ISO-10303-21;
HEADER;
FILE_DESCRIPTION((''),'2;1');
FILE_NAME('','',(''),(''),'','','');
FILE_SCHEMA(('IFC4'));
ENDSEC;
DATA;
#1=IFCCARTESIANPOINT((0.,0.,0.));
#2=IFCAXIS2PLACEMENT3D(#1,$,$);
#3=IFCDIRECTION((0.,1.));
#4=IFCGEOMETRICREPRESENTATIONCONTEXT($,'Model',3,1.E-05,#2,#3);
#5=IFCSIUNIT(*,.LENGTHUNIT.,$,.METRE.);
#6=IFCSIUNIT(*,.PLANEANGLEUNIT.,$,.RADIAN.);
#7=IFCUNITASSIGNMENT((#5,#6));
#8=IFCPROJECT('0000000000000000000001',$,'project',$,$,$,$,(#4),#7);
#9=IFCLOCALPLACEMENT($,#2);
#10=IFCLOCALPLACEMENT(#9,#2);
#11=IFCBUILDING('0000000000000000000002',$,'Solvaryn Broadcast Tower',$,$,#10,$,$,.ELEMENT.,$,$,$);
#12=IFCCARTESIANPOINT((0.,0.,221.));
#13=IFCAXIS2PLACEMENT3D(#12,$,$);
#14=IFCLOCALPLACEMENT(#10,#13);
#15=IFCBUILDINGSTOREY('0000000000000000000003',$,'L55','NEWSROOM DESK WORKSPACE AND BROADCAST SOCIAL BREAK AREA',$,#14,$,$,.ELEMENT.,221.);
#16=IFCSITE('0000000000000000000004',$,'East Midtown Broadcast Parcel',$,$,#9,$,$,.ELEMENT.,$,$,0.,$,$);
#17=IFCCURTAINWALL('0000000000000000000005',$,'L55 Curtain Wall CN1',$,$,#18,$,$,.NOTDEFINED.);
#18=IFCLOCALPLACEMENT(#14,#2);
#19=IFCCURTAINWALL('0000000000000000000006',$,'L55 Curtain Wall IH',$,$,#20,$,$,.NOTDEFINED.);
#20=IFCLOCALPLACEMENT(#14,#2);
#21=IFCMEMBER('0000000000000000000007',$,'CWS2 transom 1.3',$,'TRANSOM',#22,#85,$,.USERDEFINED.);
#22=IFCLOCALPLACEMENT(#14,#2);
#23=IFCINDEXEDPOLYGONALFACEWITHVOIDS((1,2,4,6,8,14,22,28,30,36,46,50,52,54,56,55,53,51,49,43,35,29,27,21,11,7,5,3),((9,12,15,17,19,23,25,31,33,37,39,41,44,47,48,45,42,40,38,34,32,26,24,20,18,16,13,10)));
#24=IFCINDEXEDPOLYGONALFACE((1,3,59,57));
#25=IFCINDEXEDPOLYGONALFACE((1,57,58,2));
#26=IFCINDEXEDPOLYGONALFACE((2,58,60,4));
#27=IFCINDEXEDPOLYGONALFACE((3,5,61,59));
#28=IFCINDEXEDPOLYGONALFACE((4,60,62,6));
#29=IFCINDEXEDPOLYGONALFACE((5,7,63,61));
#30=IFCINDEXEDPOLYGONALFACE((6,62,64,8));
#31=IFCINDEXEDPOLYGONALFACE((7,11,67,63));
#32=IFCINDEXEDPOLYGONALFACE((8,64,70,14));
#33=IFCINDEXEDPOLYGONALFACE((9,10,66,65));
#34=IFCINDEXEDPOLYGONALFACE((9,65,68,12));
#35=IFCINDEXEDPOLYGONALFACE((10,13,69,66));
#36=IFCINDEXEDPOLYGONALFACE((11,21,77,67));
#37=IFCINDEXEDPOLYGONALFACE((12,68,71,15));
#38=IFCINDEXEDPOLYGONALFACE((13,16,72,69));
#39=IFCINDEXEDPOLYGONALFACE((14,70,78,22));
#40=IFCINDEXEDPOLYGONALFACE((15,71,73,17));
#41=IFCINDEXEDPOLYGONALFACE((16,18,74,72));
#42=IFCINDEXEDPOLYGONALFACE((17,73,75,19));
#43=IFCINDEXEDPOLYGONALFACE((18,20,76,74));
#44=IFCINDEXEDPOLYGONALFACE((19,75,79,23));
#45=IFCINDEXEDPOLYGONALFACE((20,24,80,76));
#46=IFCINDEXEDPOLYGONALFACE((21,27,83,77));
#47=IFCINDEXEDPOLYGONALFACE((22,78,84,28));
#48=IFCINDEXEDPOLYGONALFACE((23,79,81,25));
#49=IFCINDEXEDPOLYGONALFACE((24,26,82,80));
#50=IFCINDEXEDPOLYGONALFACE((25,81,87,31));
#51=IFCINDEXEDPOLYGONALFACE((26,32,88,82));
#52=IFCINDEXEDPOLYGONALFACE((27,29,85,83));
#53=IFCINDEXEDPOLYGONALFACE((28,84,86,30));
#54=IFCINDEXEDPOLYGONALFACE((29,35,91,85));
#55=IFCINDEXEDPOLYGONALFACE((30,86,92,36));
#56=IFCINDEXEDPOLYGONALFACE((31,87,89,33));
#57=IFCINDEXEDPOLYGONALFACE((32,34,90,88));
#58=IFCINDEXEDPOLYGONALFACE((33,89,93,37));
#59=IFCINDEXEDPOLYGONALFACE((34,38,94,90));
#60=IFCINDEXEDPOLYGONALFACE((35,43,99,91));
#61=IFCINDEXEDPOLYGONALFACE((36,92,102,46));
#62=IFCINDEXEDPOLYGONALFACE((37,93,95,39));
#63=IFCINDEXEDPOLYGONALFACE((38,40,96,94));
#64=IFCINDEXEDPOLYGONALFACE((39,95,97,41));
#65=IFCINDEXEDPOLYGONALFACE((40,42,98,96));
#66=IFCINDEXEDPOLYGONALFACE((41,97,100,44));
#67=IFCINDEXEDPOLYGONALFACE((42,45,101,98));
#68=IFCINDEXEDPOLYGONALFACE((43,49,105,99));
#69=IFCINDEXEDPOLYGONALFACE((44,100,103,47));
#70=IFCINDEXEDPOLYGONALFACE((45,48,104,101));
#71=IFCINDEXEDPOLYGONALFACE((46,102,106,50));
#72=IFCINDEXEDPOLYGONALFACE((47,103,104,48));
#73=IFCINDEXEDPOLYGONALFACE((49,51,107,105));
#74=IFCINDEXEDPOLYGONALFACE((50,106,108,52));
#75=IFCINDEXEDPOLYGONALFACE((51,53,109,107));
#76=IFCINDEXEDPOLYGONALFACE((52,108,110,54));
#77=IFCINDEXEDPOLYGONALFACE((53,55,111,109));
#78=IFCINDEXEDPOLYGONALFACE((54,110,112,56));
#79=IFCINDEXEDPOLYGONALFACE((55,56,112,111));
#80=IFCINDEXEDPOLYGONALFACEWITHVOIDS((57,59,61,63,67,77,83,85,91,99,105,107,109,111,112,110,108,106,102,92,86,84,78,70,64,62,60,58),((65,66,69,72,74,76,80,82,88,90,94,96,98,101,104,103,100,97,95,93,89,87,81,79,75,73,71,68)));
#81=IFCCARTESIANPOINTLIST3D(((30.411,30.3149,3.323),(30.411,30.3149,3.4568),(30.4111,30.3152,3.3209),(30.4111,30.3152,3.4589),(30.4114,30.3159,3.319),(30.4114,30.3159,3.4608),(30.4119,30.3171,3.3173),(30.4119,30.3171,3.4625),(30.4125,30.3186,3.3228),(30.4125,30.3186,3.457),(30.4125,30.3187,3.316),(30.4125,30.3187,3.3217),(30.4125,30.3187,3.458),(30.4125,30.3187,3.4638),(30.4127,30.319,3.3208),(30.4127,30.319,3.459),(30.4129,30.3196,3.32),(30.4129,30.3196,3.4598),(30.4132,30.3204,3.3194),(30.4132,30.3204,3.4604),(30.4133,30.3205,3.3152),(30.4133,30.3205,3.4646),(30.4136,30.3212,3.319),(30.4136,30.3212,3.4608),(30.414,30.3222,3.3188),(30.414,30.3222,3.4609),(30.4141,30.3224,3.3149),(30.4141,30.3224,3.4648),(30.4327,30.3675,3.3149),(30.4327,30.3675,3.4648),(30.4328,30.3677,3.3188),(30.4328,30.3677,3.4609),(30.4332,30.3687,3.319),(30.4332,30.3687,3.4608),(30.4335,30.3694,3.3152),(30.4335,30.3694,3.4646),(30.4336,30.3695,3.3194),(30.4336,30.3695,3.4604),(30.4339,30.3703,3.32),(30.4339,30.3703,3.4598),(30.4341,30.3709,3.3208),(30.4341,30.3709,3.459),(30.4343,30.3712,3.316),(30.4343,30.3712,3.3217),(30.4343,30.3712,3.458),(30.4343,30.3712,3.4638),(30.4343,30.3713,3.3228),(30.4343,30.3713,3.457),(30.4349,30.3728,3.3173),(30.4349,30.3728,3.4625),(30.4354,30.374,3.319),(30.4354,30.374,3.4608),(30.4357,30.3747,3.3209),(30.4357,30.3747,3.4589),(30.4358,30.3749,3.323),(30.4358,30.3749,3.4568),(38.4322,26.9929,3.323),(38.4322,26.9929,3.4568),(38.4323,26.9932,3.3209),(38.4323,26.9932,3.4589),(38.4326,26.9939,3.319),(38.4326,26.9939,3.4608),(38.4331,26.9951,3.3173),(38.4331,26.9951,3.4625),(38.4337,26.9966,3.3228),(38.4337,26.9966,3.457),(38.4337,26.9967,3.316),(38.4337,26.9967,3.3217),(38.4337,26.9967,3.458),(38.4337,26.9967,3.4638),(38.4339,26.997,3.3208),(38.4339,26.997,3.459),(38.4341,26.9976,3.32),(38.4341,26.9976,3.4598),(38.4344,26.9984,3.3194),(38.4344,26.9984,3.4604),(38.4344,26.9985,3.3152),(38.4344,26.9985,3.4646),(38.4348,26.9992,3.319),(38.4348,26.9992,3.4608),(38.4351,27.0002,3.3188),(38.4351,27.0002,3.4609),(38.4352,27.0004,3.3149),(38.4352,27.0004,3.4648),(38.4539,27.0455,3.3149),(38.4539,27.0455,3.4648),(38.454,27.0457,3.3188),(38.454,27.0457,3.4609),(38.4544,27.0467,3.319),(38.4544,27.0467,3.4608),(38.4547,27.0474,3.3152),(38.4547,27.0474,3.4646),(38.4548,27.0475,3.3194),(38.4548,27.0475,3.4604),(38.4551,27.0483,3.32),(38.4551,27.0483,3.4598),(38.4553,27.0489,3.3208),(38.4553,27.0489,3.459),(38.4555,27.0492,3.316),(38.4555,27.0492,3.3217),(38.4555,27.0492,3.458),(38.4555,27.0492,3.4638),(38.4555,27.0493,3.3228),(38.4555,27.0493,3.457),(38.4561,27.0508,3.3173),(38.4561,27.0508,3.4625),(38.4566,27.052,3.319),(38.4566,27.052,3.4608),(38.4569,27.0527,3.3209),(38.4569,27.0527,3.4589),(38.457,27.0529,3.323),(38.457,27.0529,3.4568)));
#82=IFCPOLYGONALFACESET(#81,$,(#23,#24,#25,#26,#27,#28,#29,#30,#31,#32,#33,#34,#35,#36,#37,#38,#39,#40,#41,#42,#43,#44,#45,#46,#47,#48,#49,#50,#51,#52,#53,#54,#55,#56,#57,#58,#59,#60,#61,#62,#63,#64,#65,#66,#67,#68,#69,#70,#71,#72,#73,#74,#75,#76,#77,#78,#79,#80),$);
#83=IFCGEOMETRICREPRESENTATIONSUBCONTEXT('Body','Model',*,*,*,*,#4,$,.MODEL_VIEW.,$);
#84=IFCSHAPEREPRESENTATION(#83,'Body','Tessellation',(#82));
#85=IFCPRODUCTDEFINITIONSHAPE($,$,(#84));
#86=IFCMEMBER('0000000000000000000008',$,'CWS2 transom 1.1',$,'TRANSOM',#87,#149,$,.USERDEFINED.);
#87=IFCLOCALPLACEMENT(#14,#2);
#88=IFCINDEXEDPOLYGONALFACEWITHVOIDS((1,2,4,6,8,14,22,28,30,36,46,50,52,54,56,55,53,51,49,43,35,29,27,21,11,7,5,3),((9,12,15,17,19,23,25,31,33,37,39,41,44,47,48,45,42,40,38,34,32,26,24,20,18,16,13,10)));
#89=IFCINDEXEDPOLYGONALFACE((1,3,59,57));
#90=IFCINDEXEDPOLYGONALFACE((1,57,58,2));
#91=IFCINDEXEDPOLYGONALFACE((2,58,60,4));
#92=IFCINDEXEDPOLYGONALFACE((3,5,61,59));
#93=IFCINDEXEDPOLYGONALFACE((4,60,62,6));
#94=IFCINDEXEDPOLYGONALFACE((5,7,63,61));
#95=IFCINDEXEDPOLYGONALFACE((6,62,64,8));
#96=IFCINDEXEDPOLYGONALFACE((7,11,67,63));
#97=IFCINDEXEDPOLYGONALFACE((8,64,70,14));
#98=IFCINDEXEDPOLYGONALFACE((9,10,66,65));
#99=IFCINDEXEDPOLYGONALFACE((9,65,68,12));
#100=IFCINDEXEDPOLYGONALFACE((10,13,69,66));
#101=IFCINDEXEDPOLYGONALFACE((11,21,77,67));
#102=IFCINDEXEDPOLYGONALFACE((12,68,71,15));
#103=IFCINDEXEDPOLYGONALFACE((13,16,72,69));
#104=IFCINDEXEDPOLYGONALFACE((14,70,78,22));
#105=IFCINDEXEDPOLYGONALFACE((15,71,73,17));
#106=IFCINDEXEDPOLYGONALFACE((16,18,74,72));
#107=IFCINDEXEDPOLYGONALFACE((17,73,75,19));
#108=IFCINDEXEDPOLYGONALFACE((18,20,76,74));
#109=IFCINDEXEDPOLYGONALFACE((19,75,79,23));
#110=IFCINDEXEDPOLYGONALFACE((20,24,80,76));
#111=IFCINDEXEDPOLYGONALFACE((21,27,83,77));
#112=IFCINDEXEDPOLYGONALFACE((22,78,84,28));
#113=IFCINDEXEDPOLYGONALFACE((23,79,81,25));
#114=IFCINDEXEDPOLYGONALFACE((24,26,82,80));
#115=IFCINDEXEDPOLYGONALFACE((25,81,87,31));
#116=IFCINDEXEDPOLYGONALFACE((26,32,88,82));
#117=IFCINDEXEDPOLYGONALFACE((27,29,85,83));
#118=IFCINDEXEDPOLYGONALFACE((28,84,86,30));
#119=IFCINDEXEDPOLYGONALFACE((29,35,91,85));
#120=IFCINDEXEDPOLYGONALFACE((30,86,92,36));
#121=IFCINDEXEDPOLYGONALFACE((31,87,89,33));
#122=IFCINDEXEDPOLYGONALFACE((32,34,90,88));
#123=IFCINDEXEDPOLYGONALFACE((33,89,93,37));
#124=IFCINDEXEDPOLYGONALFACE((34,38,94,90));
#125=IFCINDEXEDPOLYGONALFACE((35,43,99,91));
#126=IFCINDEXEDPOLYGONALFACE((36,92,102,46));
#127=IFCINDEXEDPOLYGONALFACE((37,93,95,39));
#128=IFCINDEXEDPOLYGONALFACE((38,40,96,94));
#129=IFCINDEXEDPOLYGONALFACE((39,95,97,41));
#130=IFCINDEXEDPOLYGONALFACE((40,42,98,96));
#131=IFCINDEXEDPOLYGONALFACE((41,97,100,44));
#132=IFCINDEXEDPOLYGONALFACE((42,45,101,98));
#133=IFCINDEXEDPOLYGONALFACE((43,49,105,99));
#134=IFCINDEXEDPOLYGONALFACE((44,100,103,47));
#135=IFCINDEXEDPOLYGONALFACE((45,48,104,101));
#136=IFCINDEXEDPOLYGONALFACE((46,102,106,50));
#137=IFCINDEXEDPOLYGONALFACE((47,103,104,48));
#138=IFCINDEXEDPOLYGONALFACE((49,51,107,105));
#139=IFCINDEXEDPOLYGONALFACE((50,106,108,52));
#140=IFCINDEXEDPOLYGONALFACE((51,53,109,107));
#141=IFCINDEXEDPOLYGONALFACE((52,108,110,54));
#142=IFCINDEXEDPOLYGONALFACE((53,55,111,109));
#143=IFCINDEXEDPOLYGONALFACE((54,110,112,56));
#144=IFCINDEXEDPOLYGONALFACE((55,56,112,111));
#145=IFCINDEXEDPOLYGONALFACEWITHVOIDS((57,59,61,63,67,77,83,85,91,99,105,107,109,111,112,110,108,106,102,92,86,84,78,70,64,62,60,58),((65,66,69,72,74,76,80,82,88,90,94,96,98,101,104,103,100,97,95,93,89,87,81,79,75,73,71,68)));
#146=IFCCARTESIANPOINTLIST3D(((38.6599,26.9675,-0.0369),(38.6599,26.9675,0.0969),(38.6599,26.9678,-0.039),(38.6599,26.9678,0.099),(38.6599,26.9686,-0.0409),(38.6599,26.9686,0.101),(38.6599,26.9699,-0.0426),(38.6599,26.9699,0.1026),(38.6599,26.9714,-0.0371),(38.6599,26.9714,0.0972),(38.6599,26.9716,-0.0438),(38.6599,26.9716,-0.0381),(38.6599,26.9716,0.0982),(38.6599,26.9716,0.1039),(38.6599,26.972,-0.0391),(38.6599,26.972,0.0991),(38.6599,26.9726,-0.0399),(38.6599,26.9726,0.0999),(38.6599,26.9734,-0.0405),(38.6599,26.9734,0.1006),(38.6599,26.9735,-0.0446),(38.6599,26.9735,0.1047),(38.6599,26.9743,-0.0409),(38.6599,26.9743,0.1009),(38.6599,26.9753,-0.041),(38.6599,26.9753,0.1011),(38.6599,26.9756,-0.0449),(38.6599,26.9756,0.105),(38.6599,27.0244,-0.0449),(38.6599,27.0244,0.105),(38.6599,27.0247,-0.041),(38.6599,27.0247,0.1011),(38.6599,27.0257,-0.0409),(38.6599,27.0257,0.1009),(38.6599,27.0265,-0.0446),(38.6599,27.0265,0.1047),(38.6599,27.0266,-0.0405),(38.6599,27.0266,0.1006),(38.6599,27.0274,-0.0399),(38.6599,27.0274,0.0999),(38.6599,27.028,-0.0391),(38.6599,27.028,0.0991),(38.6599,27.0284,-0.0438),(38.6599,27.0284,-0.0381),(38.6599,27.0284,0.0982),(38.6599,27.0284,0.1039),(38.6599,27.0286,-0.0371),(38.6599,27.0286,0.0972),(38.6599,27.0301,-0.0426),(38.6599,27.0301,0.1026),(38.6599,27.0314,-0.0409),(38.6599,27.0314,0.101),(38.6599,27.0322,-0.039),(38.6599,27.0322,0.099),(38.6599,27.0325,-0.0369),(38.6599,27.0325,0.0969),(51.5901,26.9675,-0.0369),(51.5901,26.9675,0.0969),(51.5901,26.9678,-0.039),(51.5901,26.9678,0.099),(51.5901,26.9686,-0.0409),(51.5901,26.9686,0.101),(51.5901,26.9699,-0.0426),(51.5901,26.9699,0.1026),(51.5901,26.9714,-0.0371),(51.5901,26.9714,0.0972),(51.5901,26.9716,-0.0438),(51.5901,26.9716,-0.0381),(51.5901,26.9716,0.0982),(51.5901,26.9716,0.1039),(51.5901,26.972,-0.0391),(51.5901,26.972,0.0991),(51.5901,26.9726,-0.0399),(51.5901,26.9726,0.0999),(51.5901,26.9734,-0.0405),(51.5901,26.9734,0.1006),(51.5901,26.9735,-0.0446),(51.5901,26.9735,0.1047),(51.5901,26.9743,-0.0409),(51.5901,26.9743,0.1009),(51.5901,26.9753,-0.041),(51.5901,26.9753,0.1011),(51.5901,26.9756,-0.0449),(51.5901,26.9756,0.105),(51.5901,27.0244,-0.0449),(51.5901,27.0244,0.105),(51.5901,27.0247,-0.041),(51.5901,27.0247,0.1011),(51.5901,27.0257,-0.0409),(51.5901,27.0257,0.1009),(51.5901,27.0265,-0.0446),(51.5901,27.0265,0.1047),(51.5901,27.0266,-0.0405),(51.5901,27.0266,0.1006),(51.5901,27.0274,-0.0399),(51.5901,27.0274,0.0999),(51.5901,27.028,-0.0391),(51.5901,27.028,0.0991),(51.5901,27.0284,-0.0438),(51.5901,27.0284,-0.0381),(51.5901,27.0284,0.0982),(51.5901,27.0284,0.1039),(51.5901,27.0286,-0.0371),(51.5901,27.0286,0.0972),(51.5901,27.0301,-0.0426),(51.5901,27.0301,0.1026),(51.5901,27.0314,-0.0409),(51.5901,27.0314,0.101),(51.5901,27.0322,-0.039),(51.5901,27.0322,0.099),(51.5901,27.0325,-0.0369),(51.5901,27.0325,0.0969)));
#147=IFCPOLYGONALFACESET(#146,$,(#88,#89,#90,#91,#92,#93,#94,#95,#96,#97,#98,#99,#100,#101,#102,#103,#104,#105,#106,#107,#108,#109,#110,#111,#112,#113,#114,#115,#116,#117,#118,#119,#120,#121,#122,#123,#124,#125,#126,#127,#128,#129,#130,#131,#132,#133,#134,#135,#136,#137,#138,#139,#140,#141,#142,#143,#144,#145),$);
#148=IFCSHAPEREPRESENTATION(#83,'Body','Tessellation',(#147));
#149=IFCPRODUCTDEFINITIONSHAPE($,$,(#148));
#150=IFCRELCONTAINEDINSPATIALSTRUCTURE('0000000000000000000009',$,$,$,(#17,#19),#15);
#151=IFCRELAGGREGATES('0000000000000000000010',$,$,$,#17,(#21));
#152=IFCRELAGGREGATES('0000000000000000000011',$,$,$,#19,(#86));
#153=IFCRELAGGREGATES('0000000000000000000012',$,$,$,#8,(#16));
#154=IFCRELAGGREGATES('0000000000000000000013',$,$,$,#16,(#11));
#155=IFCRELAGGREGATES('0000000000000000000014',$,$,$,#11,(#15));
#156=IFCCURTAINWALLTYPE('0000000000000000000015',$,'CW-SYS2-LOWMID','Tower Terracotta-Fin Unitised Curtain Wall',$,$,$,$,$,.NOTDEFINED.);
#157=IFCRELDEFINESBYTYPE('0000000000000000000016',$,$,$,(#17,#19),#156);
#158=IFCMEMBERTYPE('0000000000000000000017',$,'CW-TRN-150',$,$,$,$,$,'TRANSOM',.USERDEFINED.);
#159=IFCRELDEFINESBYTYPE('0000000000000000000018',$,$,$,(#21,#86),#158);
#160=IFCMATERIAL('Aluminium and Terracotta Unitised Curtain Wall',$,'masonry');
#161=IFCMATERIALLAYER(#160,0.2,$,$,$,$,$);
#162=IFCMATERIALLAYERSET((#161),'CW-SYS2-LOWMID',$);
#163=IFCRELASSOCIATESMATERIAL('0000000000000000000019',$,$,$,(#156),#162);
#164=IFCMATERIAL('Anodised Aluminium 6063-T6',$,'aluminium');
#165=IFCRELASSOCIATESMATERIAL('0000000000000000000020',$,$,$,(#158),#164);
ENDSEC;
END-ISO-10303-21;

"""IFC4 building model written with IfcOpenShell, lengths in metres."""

from ifc_helpers import new_model, si_unit, direction, frame, origin, origin_2d, place, context, subcontext, project, spatial, hollow_rectangle, extrude, material, layer, layer_set, material_profile, profile_set, type_object, element, aggregate, save


model = new_model("IFC4")

# Units and contexts
model_context = context("Model", 3, precision=1e-05, world=origin(), true_north=direction((0.0, 1.0)))
body_context = subcontext(model_context, "Body", "Model", "MODEL_VIEW")
ifc_project = project(units=[si_unit("LENGTHUNIT", "METRE"), si_unit("PLANEANGLEUNIT", "RADIAN")], contexts=[model_context])

# Site, building, storey
site_placement = place(None, origin())
site = spatial("IfcSite", under=ifc_project, at=site_placement, Name="East Midtown Broadcast Parcel", CompositionType="ELEMENT", RefElevation=0.0)
building_placement = place(site_placement, origin())
building = spatial("IfcBuilding", under=site, at=building_placement, Name="Solvaryn Broadcast Tower", CompositionType="ELEMENT")
storey_placement = place(building_placement, frame((0.0, 0.0, 221.0)))
storey = spatial("IfcBuildingStorey", under=building, at=storey_placement, Name="L55", Description="NEWSROOM DESK WORKSPACE AND BROADCAST SOCIAL BREAK AREA", CompositionType="ELEMENT", Elevation=221.0)

# Curtain walls
ifc_material_1 = material(Name="Aluminium and Terracotta Unitised Curtain Wall", Category="masonry")
ifc_layer_1 = layer(ifc_material_1, 0.2)
ifc_layer_set_1 = layer_set([ifc_layer_1], Name="CW-SYS2-LOWMID")
curtain_wall_type = type_object("IfcCurtainWallType", Name="CW-SYS2-LOWMID", Description="Tower Terracotta-Fin Unitised Curtain Wall", PredefinedType="NOTDEFINED", material=ifc_layer_set_1)
curtain_wall_1_placement = place(storey_placement, origin())
curtain_wall_1 = element("IfcCurtainWall", 1, at=curtain_wall_1_placement, inside=storey, type_object=curtain_wall_type, Name="L55 Curtain Wall CN1", PredefinedType="NOTDEFINED")
curtain_wall_2_placement = place(storey_placement, origin())
curtain_wall_2 = element("IfcCurtainWall", 2, at=curtain_wall_2_placement, inside=storey, type_object=curtain_wall_type, Name="L55 Curtain Wall IH", PredefinedType="NOTDEFINED")

# Members
ifc_material_2 = material(Name="Anodised Aluminium 6063-T6", Category="aluminium")
ifc_material_profile_1 = material_profile(ifc_material_2, hollow_rectangle(XDim=0.0649, YDim=0.1499, WallThickness=0.0039, InnerFilletRadius=0.0039, OuterFilletRadius=0.0081, at=origin_2d()))
ifc_profile_set_1 = profile_set([ifc_material_profile_1], Name="Anodised Aluminium 6063-T6")
member_type_1 = type_object("IfcMemberType", Name="CW-TRN-150", ElementType="TRANSOM", PredefinedType="USERDEFINED", material=ifc_profile_set_1)
member_1_placement = place(storey_placement, frame((38.4446, 27.0229, 3.3899), z_axis=(-0.923899, 0.382636, 0.0), x_axis=(-0.382636, -0.923899, 0.0)))
member_1 = element("IfcMember", 3, at=member_1_placement, type_object=member_type_1, Name="CWS2 transom 1.3", ObjectType="TRANSOM", PredefinedType="USERDEFINED", context=body_context, shape_type="SweptSolid", body=[
    extrude(hollow_rectangle(XDim=0.0649, YDim=0.1499, WallThickness=0.0039, InnerFilletRadius=0.0039, OuterFilletRadius=0.0081, at=origin_2d()), origin(), (0.0, 0.0, 1.0), 8.6819),
])
aggregate(curtain_wall_1, [member_1])
member_2_placement = place(storey_placement, frame((38.6599, 27.0, 0.03), z_axis=(1.0, 0.0, 0.0), x_axis=(0.0, 1.0, 0.0)))
member_2 = element("IfcMember", 4, at=member_2_placement, type_object=member_type_1, Name="CWS2 transom 1.1", ObjectType="TRANSOM", PredefinedType="USERDEFINED", context=body_context, shape_type="SweptSolid", body=[
    extrude(hollow_rectangle(XDim=0.0649, YDim=0.1499, WallThickness=0.0039, InnerFilletRadius=0.0039, OuterFilletRadius=0.0081, at=origin_2d()), origin(), (0.0, 0.0, 1.0), 12.9302),
])
aggregate(curtain_wall_2, [member_2])

save(model, "model.ifc")
